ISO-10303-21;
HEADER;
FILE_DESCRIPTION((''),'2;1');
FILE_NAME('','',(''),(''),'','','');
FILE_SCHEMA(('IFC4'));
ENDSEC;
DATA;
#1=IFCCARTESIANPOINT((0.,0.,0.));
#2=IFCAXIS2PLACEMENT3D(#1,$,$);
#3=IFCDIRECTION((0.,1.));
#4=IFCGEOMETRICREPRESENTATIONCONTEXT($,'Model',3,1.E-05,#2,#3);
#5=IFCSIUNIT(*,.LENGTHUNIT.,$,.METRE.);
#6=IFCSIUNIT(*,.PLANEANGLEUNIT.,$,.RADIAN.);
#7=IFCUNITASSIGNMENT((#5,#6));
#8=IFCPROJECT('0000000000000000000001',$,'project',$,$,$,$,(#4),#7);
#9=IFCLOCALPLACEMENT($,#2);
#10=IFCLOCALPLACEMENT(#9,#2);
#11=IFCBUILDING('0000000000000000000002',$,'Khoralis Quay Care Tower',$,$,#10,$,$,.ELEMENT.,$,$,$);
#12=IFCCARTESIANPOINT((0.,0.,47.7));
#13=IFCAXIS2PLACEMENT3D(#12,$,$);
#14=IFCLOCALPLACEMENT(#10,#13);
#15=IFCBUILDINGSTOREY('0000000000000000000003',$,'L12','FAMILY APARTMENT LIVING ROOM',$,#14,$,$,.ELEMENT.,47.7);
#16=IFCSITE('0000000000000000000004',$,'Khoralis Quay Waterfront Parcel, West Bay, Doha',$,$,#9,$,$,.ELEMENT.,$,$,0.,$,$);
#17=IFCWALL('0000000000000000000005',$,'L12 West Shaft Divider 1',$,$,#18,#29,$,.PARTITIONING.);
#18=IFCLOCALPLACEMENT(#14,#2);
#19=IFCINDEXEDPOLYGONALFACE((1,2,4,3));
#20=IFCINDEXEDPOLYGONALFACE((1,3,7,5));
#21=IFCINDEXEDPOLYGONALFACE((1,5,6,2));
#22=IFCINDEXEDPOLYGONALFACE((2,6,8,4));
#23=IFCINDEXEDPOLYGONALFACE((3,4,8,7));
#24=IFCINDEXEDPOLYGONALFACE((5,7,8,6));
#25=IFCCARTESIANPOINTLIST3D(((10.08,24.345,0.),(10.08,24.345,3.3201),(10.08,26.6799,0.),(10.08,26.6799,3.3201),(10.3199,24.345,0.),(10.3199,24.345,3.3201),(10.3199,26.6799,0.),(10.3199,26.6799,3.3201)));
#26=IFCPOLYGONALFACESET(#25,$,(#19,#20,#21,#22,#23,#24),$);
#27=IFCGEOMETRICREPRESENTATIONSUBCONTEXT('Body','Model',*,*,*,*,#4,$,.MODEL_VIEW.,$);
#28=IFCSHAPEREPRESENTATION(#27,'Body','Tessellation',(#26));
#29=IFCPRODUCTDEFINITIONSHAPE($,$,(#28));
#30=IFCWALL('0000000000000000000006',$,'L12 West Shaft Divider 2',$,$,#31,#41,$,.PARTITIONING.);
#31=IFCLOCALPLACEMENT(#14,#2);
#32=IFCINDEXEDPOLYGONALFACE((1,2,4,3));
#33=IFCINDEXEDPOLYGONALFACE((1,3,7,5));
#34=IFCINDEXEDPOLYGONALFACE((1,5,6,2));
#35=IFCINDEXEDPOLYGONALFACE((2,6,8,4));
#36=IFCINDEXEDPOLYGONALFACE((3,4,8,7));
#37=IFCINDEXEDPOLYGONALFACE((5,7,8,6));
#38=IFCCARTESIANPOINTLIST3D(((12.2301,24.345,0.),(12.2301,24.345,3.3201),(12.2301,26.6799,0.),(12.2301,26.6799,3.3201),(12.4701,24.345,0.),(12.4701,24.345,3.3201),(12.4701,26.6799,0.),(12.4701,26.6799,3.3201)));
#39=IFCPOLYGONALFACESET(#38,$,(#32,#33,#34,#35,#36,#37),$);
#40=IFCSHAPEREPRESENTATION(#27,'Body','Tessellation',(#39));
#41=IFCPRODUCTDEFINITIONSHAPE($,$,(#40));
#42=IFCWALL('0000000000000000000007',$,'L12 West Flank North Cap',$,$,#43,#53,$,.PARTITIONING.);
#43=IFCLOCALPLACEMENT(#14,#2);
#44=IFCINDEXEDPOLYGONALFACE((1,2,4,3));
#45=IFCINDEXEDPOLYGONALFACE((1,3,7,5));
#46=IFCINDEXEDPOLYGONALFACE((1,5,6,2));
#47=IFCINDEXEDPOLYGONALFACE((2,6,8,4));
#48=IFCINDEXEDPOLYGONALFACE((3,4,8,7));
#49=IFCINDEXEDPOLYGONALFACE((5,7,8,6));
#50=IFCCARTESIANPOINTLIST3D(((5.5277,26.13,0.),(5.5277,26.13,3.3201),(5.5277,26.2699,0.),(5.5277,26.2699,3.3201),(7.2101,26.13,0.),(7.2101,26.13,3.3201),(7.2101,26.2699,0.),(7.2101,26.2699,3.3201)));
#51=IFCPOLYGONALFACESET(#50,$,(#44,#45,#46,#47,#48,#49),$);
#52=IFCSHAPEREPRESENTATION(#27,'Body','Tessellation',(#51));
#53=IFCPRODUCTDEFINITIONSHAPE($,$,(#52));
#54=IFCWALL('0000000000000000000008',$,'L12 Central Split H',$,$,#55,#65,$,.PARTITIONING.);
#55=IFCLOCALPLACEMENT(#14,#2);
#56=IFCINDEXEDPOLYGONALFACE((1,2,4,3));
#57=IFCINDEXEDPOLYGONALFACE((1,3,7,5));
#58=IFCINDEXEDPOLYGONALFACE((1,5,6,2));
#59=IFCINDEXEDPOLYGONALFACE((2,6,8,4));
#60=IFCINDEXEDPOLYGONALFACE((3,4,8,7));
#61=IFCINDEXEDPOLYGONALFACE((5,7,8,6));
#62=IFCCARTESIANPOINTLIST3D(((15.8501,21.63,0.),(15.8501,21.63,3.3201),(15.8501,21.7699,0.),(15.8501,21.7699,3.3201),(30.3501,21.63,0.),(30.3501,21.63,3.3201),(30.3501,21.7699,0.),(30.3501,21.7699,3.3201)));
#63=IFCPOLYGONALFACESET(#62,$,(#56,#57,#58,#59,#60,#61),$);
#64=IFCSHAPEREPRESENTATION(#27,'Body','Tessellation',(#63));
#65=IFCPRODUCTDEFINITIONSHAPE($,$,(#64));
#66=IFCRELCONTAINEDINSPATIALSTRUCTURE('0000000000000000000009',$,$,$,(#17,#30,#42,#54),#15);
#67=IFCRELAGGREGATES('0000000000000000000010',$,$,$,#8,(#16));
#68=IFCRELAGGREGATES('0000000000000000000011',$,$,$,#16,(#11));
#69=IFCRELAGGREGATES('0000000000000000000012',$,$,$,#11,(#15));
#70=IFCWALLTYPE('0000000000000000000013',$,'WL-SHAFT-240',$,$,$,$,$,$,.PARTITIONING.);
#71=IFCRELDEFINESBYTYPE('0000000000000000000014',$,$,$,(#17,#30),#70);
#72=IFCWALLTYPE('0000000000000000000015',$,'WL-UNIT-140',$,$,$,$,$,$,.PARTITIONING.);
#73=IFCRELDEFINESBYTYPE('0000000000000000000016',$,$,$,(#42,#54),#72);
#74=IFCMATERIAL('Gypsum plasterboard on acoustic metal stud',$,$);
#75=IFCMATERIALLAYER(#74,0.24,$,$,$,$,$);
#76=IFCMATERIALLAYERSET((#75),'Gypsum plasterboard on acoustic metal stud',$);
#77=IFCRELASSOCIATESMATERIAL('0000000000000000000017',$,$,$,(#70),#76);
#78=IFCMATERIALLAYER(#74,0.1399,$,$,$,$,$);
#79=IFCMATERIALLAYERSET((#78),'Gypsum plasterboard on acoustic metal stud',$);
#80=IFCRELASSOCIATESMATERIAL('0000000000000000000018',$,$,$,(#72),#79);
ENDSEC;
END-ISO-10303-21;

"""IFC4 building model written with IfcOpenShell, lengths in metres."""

from ifc_helpers import new_model, si_unit, direction, frame, frame_2d, origin, place, context, subcontext, project, spatial, rectangle, extrude, material, layer, layer_set, type_object, element, save


model = new_model("IFC4")

# Units and contexts
model_context = context("Model", 3, precision=1e-05, world=origin(), true_north=direction((0.0, 1.0)))
body_context = subcontext(model_context, "Body", "Model", "MODEL_VIEW")
ifc_project = project(units=[si_unit("LENGTHUNIT", "METRE"), si_unit("PLANEANGLEUNIT", "RADIAN")], contexts=[model_context])

# Site, building, storey
site_placement = place(None, origin())
site = spatial("IfcSite", under=ifc_project, at=site_placement, Name="Khoralis Quay Waterfront Parcel, West Bay, Doha", CompositionType="ELEMENT", RefElevation=0.0)
building_placement = place(site_placement, origin())
building = spatial("IfcBuilding", under=site, at=building_placement, Name="Khoralis Quay Care Tower", CompositionType="ELEMENT")
storey_placement = place(building_placement, frame((0.0, 0.0, 47.7)))
storey = spatial("IfcBuildingStorey", under=building, at=storey_placement, Name="L12", Description="FAMILY APARTMENT LIVING ROOM", CompositionType="ELEMENT", Elevation=47.7)

# Shared definitions
ifc_material_1 = material(Name="Gypsum plasterboard on acoustic metal stud")

# Walls
ifc_layer_1 = layer(ifc_material_1, 0.24)
ifc_layer_set_1 = layer_set([ifc_layer_1], Name="Gypsum plasterboard on acoustic metal stud")
wall_type_1 = type_object("IfcWallType", Name="WL-SHAFT-240", PredefinedType="PARTITIONING", material=ifc_layer_set_1)
for number, where, z_axis, x_axis, name in (
    (1, (10.2, 24.345, 0.0), (0.0, 0.0, 1.0), (0.0, 1.0, 0.0), "L12 West Shaft Divider 1"),
    (2, (12.3501, 24.345, 0.0), (0.0, 0.0, 1.0), (0.0, 1.0, 0.0), "L12 West Shaft Divider 2"),
):
    element("IfcWall", number, at=place(storey_placement, frame(where, z_axis=z_axis, x_axis=x_axis)), inside=storey, type_object=wall_type_1, Name=name, PredefinedType="PARTITIONING", context=body_context, shape_type="SweptSolid", body=[
        extrude(rectangle(XDim=2.335, YDim=0.24, at=frame_2d((1.1675, 0.0))), origin(), (0.0, 0.0, 1.0), 3.3201),
    ])
ifc_layer_2 = layer(ifc_material_1, 0.1399)
ifc_layer_set_2 = layer_set([ifc_layer_2], Name="Gypsum plasterboard on acoustic metal stud")
wall_type_2 = type_object("IfcWallType", Name="WL-UNIT-140", PredefinedType="PARTITIONING", material=ifc_layer_set_2)
wall_1_placement = place(storey_placement, frame((5.5276, 26.2, 0.0), z_axis=(0.0, 0.0, 1.0), x_axis=(1.0, 0.0, 0.0)))
element("IfcWall", 3, at=wall_1_placement, inside=storey, type_object=wall_type_2, Name="L12 West Flank North Cap", PredefinedType="PARTITIONING", context=body_context, shape_type="SweptSolid", body=[
    extrude(rectangle(XDim=1.6824, YDim=0.1399, at=frame_2d((0.8413, 0.0))), origin(), (0.0, 0.0, 1.0), 3.3201),
])
wall_2_placement = place(storey_placement, frame((15.8501, 21.7, 0.0), z_axis=(0.0, 0.0, 1.0), x_axis=(1.0, 0.0, 0.0)))
element("IfcWall", 4, at=wall_2_placement, inside=storey, type_object=wall_type_2, Name="L12 Central Split H", PredefinedType="PARTITIONING", context=body_context, shape_type="SweptSolid", body=[
    extrude(rectangle(XDim=14.5, YDim=0.1399, at=frame_2d((7.25, 0.0))), origin(), (0.0, 0.0, 1.0), 3.3201),
])

save(model, "model.ifc")
